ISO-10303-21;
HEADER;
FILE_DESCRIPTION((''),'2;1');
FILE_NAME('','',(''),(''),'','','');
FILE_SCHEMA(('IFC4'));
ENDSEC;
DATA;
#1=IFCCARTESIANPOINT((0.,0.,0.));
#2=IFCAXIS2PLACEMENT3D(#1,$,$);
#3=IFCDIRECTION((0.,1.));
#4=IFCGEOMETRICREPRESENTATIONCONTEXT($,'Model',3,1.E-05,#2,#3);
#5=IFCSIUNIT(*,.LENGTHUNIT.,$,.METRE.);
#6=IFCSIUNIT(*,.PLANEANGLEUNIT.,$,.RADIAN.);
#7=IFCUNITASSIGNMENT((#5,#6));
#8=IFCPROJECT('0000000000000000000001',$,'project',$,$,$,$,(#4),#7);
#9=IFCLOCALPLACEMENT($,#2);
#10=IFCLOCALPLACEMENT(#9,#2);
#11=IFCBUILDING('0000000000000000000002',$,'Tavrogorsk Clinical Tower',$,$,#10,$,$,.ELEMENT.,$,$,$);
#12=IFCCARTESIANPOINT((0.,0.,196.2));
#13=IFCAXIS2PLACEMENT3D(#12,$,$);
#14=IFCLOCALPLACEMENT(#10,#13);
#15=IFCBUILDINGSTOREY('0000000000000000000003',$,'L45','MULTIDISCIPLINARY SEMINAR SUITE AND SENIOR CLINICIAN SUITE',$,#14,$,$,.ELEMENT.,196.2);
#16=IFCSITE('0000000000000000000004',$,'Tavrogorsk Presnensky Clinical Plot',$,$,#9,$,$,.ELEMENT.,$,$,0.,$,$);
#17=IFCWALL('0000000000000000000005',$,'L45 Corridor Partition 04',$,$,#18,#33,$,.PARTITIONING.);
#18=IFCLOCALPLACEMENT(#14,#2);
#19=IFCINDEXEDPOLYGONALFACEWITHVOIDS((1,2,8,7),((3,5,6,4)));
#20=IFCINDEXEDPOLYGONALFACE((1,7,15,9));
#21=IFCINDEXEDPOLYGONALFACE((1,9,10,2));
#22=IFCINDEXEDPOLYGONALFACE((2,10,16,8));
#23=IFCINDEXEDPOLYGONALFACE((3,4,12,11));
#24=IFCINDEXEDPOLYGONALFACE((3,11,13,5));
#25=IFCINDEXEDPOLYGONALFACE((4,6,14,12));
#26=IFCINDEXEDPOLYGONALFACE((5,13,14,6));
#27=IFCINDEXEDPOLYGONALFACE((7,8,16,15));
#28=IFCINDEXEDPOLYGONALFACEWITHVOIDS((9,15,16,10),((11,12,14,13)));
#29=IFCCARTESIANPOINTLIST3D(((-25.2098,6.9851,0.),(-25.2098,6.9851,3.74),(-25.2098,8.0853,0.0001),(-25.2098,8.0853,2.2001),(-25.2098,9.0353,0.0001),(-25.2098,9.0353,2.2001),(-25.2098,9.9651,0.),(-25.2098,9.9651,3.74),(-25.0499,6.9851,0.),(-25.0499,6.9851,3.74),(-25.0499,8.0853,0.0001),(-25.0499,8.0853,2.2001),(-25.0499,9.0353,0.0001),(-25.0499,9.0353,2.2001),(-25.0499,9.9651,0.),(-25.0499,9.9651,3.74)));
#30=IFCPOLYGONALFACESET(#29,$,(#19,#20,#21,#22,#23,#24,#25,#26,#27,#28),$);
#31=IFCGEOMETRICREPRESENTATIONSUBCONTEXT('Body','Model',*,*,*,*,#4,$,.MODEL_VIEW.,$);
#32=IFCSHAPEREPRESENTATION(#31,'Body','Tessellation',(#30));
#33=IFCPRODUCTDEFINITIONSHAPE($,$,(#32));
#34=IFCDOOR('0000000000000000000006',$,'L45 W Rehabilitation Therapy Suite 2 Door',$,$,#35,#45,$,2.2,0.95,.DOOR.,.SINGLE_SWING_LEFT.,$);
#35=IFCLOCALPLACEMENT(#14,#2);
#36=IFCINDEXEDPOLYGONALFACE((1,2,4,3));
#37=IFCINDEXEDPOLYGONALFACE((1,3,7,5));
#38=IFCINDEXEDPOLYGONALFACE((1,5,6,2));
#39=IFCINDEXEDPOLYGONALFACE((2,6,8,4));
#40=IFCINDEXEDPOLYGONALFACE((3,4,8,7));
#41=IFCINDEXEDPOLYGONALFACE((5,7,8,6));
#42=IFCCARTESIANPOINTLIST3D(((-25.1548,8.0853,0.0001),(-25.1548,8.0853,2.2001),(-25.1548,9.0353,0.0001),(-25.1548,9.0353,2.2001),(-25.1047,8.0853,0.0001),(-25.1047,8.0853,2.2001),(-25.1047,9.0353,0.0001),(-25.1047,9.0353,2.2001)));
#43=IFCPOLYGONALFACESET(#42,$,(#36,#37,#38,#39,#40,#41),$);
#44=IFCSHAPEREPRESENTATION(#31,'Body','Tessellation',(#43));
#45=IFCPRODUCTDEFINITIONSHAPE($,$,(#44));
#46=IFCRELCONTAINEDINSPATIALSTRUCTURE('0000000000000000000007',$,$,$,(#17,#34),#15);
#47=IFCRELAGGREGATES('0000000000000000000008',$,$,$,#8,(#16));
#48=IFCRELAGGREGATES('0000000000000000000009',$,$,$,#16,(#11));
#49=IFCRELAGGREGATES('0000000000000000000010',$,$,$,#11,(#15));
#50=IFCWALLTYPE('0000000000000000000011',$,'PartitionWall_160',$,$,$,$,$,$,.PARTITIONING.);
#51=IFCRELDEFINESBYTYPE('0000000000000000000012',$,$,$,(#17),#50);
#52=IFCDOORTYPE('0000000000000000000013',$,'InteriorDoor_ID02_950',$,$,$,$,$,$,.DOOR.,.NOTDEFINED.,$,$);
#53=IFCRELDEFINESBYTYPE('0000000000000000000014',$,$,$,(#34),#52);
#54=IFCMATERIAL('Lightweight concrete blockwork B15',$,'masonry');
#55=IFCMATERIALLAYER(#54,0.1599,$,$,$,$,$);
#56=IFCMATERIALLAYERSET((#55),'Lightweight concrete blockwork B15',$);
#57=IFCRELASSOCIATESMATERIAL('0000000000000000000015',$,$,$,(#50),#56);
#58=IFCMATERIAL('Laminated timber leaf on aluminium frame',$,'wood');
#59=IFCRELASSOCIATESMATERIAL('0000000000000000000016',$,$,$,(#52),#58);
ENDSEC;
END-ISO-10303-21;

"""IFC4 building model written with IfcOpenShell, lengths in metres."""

from ifc_helpers import new_model, si_unit, direction, frame, frame_2d, origin, place, context, subcontext, project, spatial, rectangle, extrude, material, layer, layer_set, type_object, element, fill, save


model = new_model("IFC4")

# Units and contexts
model_context = context("Model", 3, precision=1e-05, world=origin(), true_north=direction((0.0, 1.0)))
body_context = subcontext(model_context, "Body", "Model", "MODEL_VIEW")
ifc_project = project(units=[si_unit("LENGTHUNIT", "METRE"), si_unit("PLANEANGLEUNIT", "RADIAN")], contexts=[model_context])

# Site, building, storey
site_placement = place(None, origin())
site = spatial("IfcSite", under=ifc_project, at=site_placement, Name="Tavrogorsk Presnensky Clinical Plot", CompositionType="ELEMENT", RefElevation=0.0)
building_placement = place(site_placement, origin())
building = spatial("IfcBuilding", under=site, at=building_placement, Name="Tavrogorsk Clinical Tower", CompositionType="ELEMENT")
storey_placement = place(building_placement, frame((0.0, 0.0, 196.2)))
storey = spatial("IfcBuildingStorey", under=building, at=storey_placement, Name="L45", Description="MULTIDISCIPLINARY SEMINAR SUITE AND SENIOR CLINICIAN SUITE", CompositionType="ELEMENT", Elevation=196.2)

# Wall, opening, door
ifc_material_1 = material(Name="Lightweight concrete blockwork B15", Category="masonry")
ifc_layer_1 = layer(ifc_material_1, 0.1599)
ifc_layer_set_1 = layer_set([ifc_layer_1], Name="Lightweight concrete blockwork B15")
wall_type_1 = type_object("IfcWallType", Name="PartitionWall_160", PredefinedType="PARTITIONING", material=ifc_layer_set_1)
wall_1_placement = place(storey_placement, frame((-25.1299, 6.9851, 0.0), z_axis=(0.0, 0.0, 1.0), x_axis=(0.0, 1.0, 0.0)))
wall_1 = element("IfcWall", 1, at=wall_1_placement, inside=storey, type_object=wall_type_1, Name="L45 Corridor Partition 04", PredefinedType="PARTITIONING", context=body_context, shape_type="SweptSolid", body=[
    extrude(rectangle(XDim=2.98, YDim=0.1599, at=frame_2d((1.49, 0.0))), origin(), (0.0, 0.0, 1.0), 3.74),
])
opening_1_placement = place(wall_1_placement, frame((1.1001, 0.0, 0.0)))
opening_1 = element("IfcOpeningElement", 2, at=opening_1_placement, cuts=wall_1, PredefinedType="OPENING", context=body_context, shape_type="SweptSolid", body=[
    extrude(rectangle(XDim=0.95, YDim=2.2, at=frame_2d((0.4751, 1.1001))), frame((0.0, 0.0898, 0.0), z_axis=(0.0, -1.0, 0.0), x_axis=(1.0, 0.0, 0.0)), (0.0, 0.0, 1.0), 0.1799),
])
ifc_material_2 = material(Name="Laminated timber leaf on aluminium frame", Category="wood")
door_type_1 = type_object("IfcDoorType", Name="InteriorDoor_ID02_950", OperationType="NOTDEFINED", PredefinedType="DOOR", material=ifc_material_2)
door_1_placement = place(opening_1_placement, origin())
door_1 = element("IfcDoor", 3, at=door_1_placement, inside=storey, type_object=door_type_1, Name="L45 W Rehabilitation Therapy Suite 2 Door", OperationType="SINGLE_SWING_LEFT", OverallHeight=2.2, OverallWidth=0.95, PredefinedType="DOOR", context=body_context, shape_type="SweptSolid", body=[
    extrude(rectangle(XDim=0.95, YDim=2.2, at=frame_2d((0.4751, 1.1001))), frame((0.0, 0.0249, 0.0), z_axis=(0.0, -1.0, 0.0), x_axis=(1.0, 0.0, 0.0)), (0.0, 0.0, 1.0), 0.05),
])
fill(opening_1, door_1)

save(model, "model.ifc")
